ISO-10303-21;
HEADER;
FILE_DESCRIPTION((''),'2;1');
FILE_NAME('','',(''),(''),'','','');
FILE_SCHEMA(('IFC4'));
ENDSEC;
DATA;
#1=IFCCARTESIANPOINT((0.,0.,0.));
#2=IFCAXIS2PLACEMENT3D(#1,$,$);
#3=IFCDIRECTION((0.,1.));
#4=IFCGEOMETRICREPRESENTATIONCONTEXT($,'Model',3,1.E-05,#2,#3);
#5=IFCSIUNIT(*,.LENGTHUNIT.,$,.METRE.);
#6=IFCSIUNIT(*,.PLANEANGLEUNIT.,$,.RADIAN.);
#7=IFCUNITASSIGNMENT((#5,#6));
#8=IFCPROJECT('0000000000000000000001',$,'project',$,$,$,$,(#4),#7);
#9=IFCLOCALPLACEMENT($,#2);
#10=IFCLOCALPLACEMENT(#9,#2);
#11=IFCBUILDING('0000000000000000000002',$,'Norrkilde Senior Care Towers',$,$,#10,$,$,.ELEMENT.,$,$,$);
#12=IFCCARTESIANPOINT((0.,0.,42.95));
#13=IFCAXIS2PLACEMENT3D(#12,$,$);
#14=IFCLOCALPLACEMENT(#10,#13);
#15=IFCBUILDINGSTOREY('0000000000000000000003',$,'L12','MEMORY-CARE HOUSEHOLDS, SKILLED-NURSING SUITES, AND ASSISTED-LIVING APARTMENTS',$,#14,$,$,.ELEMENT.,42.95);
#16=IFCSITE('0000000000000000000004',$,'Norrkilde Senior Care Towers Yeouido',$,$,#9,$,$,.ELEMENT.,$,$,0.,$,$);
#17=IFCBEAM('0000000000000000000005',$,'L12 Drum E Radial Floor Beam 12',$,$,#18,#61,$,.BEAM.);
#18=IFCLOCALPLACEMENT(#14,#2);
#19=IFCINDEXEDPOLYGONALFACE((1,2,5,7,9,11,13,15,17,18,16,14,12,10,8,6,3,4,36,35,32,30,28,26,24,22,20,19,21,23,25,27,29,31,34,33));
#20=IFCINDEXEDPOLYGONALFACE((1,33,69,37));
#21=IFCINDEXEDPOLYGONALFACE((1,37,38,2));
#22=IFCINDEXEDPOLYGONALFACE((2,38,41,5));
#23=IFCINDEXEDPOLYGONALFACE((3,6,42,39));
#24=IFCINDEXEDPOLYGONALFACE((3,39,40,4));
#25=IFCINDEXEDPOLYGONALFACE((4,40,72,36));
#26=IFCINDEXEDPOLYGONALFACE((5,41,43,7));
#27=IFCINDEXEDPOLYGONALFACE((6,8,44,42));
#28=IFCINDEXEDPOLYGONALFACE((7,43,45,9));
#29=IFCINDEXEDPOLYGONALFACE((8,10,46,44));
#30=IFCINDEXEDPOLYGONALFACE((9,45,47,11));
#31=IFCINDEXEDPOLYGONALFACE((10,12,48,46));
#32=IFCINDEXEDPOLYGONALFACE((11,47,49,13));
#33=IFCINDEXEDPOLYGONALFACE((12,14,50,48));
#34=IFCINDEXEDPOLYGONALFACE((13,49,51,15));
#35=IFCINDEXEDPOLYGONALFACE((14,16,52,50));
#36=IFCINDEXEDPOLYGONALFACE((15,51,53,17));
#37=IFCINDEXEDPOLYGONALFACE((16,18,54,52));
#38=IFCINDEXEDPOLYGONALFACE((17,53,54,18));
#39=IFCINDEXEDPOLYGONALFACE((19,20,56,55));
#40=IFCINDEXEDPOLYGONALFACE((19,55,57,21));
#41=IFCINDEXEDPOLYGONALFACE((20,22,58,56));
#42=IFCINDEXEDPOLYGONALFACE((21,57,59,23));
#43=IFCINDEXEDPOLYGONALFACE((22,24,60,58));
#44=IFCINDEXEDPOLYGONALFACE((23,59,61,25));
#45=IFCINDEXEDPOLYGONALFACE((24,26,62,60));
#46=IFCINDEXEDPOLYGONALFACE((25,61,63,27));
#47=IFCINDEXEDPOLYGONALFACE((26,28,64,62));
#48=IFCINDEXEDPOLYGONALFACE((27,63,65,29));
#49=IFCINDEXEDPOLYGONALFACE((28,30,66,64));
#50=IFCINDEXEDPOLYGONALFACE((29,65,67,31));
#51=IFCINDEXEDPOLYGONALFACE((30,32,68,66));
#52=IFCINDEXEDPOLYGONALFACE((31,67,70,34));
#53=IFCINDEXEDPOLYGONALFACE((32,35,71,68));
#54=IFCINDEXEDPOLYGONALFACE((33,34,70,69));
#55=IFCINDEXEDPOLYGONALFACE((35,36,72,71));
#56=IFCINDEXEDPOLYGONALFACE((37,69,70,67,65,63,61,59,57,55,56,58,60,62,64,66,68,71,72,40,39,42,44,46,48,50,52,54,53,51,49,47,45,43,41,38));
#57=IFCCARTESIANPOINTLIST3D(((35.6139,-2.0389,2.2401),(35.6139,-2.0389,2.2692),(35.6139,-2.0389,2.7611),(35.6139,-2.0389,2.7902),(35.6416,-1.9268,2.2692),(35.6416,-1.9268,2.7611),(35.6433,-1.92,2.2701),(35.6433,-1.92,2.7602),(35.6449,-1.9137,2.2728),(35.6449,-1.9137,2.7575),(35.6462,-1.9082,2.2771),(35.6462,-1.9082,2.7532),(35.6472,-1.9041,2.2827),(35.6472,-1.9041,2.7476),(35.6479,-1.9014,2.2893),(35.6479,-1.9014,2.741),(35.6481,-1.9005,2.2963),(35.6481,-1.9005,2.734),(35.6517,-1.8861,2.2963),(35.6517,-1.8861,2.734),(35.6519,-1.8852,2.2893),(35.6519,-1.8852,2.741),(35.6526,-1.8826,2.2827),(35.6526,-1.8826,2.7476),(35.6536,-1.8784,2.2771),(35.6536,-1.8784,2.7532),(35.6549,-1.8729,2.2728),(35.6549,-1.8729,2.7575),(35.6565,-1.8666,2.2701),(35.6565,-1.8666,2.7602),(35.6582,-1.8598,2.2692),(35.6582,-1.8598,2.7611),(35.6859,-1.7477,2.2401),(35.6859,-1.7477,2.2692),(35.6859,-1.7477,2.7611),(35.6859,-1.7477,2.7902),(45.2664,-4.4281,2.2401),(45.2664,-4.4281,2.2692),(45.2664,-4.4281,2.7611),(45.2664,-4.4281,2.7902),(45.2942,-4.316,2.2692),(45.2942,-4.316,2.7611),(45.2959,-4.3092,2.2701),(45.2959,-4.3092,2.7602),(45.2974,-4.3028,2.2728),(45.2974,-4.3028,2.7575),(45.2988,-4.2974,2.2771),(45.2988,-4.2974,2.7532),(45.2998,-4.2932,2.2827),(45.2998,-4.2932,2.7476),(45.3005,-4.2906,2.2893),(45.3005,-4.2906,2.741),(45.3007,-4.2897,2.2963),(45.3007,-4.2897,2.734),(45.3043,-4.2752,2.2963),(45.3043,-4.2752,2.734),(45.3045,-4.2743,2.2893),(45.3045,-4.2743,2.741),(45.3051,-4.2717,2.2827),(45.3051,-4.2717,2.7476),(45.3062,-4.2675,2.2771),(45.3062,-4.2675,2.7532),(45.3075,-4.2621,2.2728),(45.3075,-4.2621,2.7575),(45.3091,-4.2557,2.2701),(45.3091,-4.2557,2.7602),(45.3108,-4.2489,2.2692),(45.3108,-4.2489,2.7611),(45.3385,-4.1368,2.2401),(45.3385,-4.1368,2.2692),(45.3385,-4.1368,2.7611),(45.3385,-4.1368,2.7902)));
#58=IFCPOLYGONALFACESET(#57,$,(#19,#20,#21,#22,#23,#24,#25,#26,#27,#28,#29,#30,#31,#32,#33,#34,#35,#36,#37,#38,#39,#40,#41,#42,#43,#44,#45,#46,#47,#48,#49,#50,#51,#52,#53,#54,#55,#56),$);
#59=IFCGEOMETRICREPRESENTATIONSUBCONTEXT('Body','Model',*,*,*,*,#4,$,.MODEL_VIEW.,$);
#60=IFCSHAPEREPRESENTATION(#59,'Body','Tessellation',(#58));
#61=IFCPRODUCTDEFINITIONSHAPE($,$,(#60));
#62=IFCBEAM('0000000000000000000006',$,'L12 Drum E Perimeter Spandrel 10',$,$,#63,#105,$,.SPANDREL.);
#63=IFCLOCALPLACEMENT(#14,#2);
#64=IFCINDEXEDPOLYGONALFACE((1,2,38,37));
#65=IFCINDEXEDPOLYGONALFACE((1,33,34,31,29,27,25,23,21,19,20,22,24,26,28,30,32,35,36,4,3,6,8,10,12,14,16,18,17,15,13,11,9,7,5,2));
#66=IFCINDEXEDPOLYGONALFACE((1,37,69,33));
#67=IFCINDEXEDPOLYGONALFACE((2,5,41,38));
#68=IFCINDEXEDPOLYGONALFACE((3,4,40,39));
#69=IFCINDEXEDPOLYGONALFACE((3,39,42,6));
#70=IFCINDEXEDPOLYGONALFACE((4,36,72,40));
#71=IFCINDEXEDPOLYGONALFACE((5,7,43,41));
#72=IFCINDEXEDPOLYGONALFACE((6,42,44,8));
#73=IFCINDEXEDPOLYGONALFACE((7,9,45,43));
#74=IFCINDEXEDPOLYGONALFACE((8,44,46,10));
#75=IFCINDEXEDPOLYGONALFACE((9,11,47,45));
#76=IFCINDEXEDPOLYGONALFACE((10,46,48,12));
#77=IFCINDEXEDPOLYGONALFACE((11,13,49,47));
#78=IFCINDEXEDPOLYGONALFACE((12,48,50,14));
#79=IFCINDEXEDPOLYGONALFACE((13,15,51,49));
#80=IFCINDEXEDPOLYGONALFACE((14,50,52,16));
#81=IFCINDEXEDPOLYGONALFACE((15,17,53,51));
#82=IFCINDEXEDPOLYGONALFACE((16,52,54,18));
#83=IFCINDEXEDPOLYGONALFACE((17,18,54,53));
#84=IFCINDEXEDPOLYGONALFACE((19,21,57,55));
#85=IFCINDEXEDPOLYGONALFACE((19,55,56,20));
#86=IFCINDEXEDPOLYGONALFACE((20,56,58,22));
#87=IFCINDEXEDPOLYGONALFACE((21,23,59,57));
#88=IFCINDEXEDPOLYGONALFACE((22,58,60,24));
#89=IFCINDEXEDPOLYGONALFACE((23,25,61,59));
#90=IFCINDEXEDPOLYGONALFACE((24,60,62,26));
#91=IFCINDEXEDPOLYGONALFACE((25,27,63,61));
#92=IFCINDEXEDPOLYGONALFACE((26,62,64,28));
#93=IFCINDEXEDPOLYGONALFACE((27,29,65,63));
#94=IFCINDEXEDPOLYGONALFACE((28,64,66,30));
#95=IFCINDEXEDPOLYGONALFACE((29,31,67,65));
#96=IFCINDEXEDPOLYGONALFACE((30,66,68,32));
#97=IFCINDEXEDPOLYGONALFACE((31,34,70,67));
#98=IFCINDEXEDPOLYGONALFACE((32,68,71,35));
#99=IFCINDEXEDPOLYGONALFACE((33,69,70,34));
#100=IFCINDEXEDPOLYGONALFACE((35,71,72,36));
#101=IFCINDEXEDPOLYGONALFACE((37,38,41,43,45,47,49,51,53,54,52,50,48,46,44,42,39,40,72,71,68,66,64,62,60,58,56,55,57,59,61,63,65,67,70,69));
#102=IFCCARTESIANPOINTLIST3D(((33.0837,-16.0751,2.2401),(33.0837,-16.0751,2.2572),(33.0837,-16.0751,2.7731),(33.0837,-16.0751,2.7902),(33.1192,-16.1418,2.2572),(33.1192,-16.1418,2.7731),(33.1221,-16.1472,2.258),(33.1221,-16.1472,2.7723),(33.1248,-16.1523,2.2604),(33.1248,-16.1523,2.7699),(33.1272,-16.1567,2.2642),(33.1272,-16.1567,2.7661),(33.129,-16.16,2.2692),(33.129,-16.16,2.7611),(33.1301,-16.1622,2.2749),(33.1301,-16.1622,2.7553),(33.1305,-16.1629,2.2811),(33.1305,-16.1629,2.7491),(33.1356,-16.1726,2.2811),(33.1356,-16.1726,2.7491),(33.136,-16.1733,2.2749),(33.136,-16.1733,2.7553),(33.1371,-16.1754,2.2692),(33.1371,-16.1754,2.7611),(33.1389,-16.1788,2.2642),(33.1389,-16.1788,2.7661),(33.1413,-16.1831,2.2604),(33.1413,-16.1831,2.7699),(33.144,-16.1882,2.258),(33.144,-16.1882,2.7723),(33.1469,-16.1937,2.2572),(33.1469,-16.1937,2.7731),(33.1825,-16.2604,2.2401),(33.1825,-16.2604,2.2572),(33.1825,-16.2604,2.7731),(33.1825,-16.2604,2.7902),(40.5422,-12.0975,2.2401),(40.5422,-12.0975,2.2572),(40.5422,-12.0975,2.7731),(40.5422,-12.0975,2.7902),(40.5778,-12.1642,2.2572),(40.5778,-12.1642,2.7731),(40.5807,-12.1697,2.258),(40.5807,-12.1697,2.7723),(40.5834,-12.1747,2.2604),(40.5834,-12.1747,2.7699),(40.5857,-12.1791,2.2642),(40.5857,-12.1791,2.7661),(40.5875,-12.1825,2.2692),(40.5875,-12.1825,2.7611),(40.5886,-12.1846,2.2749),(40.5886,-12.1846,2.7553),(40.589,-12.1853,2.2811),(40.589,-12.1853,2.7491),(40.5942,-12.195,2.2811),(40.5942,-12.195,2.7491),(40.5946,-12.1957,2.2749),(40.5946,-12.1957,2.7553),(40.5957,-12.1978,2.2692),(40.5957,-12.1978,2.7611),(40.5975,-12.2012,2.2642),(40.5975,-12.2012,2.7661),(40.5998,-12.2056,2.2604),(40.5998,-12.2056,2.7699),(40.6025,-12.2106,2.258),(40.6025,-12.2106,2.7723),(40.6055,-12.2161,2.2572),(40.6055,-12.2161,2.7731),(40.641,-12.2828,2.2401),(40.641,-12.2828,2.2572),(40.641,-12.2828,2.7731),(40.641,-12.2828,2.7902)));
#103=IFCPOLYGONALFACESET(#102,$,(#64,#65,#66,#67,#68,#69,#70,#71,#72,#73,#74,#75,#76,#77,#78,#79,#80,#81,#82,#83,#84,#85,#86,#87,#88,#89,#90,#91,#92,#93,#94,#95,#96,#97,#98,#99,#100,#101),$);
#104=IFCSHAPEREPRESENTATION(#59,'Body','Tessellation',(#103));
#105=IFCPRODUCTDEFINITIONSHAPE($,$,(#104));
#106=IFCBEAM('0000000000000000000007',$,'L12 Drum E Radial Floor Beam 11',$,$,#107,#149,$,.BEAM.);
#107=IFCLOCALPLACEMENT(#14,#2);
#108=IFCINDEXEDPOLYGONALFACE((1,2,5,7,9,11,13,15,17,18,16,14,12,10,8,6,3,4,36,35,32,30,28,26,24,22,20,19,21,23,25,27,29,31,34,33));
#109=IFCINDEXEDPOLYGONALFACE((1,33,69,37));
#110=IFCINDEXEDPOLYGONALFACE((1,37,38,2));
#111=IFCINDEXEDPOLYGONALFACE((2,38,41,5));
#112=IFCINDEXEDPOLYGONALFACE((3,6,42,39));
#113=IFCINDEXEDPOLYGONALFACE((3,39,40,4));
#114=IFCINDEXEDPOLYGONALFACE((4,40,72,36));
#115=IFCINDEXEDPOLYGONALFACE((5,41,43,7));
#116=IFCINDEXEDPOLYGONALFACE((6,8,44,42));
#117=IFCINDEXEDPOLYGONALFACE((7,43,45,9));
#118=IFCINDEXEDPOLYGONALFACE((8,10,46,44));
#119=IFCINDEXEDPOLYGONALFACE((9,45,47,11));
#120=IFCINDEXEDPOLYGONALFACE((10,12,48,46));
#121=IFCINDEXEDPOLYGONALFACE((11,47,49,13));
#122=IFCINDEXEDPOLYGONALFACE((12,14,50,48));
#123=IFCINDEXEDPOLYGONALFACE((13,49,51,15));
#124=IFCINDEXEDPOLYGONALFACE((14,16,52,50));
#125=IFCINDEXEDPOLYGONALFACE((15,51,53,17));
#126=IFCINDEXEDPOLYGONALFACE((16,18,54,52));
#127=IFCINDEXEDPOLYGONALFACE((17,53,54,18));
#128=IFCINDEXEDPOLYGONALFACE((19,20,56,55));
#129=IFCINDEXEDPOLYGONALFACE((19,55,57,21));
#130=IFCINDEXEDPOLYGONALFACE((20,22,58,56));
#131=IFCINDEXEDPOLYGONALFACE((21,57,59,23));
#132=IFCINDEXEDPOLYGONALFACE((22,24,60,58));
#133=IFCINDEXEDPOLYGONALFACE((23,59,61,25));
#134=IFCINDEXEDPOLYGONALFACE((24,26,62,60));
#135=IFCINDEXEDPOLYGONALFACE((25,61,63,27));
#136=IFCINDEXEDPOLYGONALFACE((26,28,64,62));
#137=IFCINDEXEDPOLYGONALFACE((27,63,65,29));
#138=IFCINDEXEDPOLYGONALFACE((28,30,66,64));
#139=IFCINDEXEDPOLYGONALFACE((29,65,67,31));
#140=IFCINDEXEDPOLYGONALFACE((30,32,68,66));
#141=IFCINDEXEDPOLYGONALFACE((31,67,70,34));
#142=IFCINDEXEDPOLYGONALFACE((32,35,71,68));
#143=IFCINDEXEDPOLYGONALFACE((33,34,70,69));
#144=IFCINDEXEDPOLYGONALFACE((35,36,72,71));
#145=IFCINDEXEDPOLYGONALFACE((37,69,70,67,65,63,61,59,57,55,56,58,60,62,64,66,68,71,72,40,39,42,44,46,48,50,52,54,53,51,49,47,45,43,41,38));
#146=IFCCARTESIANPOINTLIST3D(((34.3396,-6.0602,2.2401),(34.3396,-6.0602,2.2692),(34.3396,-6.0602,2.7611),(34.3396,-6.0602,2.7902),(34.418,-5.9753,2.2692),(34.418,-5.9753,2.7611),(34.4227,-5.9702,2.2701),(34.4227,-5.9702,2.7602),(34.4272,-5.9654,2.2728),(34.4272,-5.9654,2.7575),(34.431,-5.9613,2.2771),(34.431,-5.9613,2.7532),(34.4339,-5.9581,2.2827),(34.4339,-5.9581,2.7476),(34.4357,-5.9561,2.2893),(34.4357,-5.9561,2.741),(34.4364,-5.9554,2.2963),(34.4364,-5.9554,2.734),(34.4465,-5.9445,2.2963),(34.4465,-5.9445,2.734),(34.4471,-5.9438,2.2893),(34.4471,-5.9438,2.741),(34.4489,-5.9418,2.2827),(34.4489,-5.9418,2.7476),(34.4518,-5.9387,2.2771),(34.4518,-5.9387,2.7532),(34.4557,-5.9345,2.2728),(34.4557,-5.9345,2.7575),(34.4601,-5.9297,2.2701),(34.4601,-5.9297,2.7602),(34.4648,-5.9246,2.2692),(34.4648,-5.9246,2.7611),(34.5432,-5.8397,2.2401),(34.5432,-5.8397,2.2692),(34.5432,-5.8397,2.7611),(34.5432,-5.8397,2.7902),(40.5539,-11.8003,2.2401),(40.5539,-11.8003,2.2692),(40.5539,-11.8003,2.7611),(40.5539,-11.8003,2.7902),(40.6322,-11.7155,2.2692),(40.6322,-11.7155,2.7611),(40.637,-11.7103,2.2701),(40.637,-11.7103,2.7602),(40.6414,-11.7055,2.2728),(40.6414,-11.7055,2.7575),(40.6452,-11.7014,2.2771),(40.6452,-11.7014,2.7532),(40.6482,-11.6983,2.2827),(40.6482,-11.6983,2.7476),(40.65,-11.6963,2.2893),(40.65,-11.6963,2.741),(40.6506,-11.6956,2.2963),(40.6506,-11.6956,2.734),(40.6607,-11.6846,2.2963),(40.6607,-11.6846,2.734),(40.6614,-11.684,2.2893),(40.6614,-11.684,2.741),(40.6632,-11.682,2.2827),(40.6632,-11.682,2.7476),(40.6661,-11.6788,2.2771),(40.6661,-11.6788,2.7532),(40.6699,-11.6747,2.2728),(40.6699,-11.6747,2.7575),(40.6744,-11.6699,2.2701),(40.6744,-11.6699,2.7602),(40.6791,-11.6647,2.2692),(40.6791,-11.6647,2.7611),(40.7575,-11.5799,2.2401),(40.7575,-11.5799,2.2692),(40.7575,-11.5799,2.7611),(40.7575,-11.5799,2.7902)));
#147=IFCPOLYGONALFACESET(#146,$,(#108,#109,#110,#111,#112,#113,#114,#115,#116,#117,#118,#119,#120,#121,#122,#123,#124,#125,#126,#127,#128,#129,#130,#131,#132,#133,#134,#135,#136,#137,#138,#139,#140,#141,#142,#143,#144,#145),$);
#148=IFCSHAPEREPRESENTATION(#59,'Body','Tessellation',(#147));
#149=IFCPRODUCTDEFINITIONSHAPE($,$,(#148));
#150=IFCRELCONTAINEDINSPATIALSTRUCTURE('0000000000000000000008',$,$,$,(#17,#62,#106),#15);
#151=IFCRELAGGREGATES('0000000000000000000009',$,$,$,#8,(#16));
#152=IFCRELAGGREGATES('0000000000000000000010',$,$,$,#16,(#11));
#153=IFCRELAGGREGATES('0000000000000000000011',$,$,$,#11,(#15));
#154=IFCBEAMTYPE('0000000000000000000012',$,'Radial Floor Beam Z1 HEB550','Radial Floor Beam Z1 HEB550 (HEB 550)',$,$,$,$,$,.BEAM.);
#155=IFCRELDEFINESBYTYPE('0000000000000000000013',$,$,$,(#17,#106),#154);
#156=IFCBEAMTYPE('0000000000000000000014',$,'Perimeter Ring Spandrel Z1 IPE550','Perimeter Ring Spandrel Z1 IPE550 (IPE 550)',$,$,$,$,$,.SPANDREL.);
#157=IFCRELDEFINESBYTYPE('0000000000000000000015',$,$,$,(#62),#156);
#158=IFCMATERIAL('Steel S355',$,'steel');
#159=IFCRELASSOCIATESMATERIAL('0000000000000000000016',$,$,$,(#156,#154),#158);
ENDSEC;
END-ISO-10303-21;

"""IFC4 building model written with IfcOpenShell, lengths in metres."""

from ifc_helpers import new_model, si_unit, direction, frame, origin, origin_2d, place, context, subcontext, project, spatial, i_section, extrude, source, transform, mapped, material, material_profile, profile_set, type_object, type_shapes, element, save


model = new_model("IFC4")

# Units and contexts
model_context = context("Model", 3, precision=1e-05, world=origin(), true_north=direction((0.0, 1.0)))
body_context = subcontext(model_context, "Body", "Model", "MODEL_VIEW")
ifc_project = project(units=[si_unit("LENGTHUNIT", "METRE"), si_unit("PLANEANGLEUNIT", "RADIAN")], contexts=[model_context])

# Site, building, storey
site_placement = place(None, origin())
site = spatial("IfcSite", under=ifc_project, at=site_placement, Name="Norrkilde Senior Care Towers Yeouido", CompositionType="ELEMENT", RefElevation=0.0)
building_placement = place(site_placement, origin())
building = spatial("IfcBuilding", under=site, at=building_placement, Name="Norrkilde Senior Care Towers", CompositionType="ELEMENT")
storey_placement = place(building_placement, frame((0.0, 0.0, 42.95)))
storey = spatial("IfcBuildingStorey", under=building, at=storey_placement, Name="L12", Description="MEMORY-CARE HOUSEHOLDS, SKILLED-NURSING SUITES, AND ASSISTED-LIVING APARTMENTS", CompositionType="ELEMENT", Elevation=42.95)

# Beams
ifc_material_1 = material(Name="Steel S355", Category="steel")
ifc_material_profile_1 = material_profile(ifc_material_1, i_section(OverallWidth=0.21, OverallDepth=0.55, WebThickness=0.011, FlangeThickness=0.0171, FilletRadius=0.0239, at=origin_2d()), Name="IPE 550")
ifc_profile_set_1 = profile_set([ifc_material_profile_1], Name="Steel S355")
beam_type_1 = type_object("IfcBeamType", Name="Perimeter Ring Spandrel Z1 IPE550", Description="Perimeter Ring Spandrel Z1 IPE550 (IPE 550)", PredefinedType="SPANDREL", material=ifc_profile_set_1)
ifc_material_profile_2 = material_profile(ifc_material_1, i_section(OverallWidth=0.3, OverallDepth=0.55, WebThickness=0.0149, FlangeThickness=0.0291, FilletRadius=0.0271, at=origin_2d()), Name="HEB 550")
ifc_profile_set_2 = profile_set([ifc_material_profile_2], Name="Steel S355")
beam_type_2 = type_object("IfcBeamType", Name="Radial Floor Beam Z1 HEB550", Description="Radial Floor Beam Z1 HEB550 (HEB 550)", PredefinedType="BEAM", material=ifc_profile_set_2)
shared_shape_1 = source(origin(), body_context, "Body", "SweptSolid", [
    extrude(i_section(OverallWidth=0.3, OverallDepth=0.55, WebThickness=0.0149, FlangeThickness=0.0291, FilletRadius=0.0271, at=origin_2d()), origin(), (0.0, 0.0, 1.0), 9.9438),
])
beam_1_placement = place(storey_placement, frame((35.6499, -1.8933, 2.5151), z_axis=(0.970707, -0.240265, 0.0), x_axis=(0.240265, 0.970707, 0.0)))
element("IfcBeam", 1, at=beam_1_placement, inside=storey, type_object=beam_type_2, Name="L12 Drum E Radial Floor Beam 12", PredefinedType="BEAM", context=body_context, shape_type="MappedRepresentation", body=[
    mapped(shared_shape_1, transform((0.0, 0.0, 0.0), x_axis=(1.0, 0.0, 0.0), y_axis=(0.0, 1.0, 0.0), z_axis=(0.0, 0.0, 1.0), scale=1.0)),
])
shared_shape_2 = source(origin(), body_context, "Body", "SweptSolid", [
    extrude(i_section(OverallWidth=0.21, OverallDepth=0.55, WebThickness=0.011, FlangeThickness=0.0171, FilletRadius=0.0239, at=origin_2d()), origin(), (0.0, 0.0, 1.0), 8.4529),
])
beam_2_placement = place(storey_placement, frame((33.1331, -16.1677, 2.5151), z_axis=(0.882369, 0.470558, 0.0), x_axis=(-0.470558, 0.882369, 0.0)))
element("IfcBeam", 2, at=beam_2_placement, inside=storey, type_object=beam_type_1, Name="L12 Drum E Perimeter Spandrel 10", PredefinedType="SPANDREL", context=body_context, shape_type="MappedRepresentation", body=[
    mapped(shared_shape_2, transform((0.0, 0.0, 0.0), x_axis=(1.0, 0.0, 0.0), y_axis=(0.0, 1.0, 0.0), z_axis=(0.0, 0.0, 1.0), scale=1.0)),
])
shared_shape_3 = source(origin(), body_context, "Body", "SweptSolid", [
    extrude(i_section(OverallWidth=0.3, OverallDepth=0.55, WebThickness=0.0149, FlangeThickness=0.0291, FilletRadius=0.0271, at=origin_2d()), origin(), (0.0, 0.0, 1.0), 8.4597),
])
type_shapes(beam_type_2, [shared_shape_1, shared_shape_3])
beam_3_placement = place(storey_placement, frame((34.4414, -5.95, 2.5151), z_axis=(0.734573, -0.678529, 0.0), x_axis=(0.678529, 0.734573, 0.0)))
element("IfcBeam", 3, at=beam_3_placement, inside=storey, type_object=beam_type_2, Name="L12 Drum E Radial Floor Beam 11", PredefinedType="BEAM", context=body_context, shape_type="MappedRepresentation", body=[
    mapped(shared_shape_3, transform((0.0, 0.0, 0.0), x_axis=(1.0, 0.0, 0.0), y_axis=(0.0, 1.0, 0.0), z_axis=(0.0, 0.0, 1.0), scale=1.0)),
])

save(model, "model.ifc")
